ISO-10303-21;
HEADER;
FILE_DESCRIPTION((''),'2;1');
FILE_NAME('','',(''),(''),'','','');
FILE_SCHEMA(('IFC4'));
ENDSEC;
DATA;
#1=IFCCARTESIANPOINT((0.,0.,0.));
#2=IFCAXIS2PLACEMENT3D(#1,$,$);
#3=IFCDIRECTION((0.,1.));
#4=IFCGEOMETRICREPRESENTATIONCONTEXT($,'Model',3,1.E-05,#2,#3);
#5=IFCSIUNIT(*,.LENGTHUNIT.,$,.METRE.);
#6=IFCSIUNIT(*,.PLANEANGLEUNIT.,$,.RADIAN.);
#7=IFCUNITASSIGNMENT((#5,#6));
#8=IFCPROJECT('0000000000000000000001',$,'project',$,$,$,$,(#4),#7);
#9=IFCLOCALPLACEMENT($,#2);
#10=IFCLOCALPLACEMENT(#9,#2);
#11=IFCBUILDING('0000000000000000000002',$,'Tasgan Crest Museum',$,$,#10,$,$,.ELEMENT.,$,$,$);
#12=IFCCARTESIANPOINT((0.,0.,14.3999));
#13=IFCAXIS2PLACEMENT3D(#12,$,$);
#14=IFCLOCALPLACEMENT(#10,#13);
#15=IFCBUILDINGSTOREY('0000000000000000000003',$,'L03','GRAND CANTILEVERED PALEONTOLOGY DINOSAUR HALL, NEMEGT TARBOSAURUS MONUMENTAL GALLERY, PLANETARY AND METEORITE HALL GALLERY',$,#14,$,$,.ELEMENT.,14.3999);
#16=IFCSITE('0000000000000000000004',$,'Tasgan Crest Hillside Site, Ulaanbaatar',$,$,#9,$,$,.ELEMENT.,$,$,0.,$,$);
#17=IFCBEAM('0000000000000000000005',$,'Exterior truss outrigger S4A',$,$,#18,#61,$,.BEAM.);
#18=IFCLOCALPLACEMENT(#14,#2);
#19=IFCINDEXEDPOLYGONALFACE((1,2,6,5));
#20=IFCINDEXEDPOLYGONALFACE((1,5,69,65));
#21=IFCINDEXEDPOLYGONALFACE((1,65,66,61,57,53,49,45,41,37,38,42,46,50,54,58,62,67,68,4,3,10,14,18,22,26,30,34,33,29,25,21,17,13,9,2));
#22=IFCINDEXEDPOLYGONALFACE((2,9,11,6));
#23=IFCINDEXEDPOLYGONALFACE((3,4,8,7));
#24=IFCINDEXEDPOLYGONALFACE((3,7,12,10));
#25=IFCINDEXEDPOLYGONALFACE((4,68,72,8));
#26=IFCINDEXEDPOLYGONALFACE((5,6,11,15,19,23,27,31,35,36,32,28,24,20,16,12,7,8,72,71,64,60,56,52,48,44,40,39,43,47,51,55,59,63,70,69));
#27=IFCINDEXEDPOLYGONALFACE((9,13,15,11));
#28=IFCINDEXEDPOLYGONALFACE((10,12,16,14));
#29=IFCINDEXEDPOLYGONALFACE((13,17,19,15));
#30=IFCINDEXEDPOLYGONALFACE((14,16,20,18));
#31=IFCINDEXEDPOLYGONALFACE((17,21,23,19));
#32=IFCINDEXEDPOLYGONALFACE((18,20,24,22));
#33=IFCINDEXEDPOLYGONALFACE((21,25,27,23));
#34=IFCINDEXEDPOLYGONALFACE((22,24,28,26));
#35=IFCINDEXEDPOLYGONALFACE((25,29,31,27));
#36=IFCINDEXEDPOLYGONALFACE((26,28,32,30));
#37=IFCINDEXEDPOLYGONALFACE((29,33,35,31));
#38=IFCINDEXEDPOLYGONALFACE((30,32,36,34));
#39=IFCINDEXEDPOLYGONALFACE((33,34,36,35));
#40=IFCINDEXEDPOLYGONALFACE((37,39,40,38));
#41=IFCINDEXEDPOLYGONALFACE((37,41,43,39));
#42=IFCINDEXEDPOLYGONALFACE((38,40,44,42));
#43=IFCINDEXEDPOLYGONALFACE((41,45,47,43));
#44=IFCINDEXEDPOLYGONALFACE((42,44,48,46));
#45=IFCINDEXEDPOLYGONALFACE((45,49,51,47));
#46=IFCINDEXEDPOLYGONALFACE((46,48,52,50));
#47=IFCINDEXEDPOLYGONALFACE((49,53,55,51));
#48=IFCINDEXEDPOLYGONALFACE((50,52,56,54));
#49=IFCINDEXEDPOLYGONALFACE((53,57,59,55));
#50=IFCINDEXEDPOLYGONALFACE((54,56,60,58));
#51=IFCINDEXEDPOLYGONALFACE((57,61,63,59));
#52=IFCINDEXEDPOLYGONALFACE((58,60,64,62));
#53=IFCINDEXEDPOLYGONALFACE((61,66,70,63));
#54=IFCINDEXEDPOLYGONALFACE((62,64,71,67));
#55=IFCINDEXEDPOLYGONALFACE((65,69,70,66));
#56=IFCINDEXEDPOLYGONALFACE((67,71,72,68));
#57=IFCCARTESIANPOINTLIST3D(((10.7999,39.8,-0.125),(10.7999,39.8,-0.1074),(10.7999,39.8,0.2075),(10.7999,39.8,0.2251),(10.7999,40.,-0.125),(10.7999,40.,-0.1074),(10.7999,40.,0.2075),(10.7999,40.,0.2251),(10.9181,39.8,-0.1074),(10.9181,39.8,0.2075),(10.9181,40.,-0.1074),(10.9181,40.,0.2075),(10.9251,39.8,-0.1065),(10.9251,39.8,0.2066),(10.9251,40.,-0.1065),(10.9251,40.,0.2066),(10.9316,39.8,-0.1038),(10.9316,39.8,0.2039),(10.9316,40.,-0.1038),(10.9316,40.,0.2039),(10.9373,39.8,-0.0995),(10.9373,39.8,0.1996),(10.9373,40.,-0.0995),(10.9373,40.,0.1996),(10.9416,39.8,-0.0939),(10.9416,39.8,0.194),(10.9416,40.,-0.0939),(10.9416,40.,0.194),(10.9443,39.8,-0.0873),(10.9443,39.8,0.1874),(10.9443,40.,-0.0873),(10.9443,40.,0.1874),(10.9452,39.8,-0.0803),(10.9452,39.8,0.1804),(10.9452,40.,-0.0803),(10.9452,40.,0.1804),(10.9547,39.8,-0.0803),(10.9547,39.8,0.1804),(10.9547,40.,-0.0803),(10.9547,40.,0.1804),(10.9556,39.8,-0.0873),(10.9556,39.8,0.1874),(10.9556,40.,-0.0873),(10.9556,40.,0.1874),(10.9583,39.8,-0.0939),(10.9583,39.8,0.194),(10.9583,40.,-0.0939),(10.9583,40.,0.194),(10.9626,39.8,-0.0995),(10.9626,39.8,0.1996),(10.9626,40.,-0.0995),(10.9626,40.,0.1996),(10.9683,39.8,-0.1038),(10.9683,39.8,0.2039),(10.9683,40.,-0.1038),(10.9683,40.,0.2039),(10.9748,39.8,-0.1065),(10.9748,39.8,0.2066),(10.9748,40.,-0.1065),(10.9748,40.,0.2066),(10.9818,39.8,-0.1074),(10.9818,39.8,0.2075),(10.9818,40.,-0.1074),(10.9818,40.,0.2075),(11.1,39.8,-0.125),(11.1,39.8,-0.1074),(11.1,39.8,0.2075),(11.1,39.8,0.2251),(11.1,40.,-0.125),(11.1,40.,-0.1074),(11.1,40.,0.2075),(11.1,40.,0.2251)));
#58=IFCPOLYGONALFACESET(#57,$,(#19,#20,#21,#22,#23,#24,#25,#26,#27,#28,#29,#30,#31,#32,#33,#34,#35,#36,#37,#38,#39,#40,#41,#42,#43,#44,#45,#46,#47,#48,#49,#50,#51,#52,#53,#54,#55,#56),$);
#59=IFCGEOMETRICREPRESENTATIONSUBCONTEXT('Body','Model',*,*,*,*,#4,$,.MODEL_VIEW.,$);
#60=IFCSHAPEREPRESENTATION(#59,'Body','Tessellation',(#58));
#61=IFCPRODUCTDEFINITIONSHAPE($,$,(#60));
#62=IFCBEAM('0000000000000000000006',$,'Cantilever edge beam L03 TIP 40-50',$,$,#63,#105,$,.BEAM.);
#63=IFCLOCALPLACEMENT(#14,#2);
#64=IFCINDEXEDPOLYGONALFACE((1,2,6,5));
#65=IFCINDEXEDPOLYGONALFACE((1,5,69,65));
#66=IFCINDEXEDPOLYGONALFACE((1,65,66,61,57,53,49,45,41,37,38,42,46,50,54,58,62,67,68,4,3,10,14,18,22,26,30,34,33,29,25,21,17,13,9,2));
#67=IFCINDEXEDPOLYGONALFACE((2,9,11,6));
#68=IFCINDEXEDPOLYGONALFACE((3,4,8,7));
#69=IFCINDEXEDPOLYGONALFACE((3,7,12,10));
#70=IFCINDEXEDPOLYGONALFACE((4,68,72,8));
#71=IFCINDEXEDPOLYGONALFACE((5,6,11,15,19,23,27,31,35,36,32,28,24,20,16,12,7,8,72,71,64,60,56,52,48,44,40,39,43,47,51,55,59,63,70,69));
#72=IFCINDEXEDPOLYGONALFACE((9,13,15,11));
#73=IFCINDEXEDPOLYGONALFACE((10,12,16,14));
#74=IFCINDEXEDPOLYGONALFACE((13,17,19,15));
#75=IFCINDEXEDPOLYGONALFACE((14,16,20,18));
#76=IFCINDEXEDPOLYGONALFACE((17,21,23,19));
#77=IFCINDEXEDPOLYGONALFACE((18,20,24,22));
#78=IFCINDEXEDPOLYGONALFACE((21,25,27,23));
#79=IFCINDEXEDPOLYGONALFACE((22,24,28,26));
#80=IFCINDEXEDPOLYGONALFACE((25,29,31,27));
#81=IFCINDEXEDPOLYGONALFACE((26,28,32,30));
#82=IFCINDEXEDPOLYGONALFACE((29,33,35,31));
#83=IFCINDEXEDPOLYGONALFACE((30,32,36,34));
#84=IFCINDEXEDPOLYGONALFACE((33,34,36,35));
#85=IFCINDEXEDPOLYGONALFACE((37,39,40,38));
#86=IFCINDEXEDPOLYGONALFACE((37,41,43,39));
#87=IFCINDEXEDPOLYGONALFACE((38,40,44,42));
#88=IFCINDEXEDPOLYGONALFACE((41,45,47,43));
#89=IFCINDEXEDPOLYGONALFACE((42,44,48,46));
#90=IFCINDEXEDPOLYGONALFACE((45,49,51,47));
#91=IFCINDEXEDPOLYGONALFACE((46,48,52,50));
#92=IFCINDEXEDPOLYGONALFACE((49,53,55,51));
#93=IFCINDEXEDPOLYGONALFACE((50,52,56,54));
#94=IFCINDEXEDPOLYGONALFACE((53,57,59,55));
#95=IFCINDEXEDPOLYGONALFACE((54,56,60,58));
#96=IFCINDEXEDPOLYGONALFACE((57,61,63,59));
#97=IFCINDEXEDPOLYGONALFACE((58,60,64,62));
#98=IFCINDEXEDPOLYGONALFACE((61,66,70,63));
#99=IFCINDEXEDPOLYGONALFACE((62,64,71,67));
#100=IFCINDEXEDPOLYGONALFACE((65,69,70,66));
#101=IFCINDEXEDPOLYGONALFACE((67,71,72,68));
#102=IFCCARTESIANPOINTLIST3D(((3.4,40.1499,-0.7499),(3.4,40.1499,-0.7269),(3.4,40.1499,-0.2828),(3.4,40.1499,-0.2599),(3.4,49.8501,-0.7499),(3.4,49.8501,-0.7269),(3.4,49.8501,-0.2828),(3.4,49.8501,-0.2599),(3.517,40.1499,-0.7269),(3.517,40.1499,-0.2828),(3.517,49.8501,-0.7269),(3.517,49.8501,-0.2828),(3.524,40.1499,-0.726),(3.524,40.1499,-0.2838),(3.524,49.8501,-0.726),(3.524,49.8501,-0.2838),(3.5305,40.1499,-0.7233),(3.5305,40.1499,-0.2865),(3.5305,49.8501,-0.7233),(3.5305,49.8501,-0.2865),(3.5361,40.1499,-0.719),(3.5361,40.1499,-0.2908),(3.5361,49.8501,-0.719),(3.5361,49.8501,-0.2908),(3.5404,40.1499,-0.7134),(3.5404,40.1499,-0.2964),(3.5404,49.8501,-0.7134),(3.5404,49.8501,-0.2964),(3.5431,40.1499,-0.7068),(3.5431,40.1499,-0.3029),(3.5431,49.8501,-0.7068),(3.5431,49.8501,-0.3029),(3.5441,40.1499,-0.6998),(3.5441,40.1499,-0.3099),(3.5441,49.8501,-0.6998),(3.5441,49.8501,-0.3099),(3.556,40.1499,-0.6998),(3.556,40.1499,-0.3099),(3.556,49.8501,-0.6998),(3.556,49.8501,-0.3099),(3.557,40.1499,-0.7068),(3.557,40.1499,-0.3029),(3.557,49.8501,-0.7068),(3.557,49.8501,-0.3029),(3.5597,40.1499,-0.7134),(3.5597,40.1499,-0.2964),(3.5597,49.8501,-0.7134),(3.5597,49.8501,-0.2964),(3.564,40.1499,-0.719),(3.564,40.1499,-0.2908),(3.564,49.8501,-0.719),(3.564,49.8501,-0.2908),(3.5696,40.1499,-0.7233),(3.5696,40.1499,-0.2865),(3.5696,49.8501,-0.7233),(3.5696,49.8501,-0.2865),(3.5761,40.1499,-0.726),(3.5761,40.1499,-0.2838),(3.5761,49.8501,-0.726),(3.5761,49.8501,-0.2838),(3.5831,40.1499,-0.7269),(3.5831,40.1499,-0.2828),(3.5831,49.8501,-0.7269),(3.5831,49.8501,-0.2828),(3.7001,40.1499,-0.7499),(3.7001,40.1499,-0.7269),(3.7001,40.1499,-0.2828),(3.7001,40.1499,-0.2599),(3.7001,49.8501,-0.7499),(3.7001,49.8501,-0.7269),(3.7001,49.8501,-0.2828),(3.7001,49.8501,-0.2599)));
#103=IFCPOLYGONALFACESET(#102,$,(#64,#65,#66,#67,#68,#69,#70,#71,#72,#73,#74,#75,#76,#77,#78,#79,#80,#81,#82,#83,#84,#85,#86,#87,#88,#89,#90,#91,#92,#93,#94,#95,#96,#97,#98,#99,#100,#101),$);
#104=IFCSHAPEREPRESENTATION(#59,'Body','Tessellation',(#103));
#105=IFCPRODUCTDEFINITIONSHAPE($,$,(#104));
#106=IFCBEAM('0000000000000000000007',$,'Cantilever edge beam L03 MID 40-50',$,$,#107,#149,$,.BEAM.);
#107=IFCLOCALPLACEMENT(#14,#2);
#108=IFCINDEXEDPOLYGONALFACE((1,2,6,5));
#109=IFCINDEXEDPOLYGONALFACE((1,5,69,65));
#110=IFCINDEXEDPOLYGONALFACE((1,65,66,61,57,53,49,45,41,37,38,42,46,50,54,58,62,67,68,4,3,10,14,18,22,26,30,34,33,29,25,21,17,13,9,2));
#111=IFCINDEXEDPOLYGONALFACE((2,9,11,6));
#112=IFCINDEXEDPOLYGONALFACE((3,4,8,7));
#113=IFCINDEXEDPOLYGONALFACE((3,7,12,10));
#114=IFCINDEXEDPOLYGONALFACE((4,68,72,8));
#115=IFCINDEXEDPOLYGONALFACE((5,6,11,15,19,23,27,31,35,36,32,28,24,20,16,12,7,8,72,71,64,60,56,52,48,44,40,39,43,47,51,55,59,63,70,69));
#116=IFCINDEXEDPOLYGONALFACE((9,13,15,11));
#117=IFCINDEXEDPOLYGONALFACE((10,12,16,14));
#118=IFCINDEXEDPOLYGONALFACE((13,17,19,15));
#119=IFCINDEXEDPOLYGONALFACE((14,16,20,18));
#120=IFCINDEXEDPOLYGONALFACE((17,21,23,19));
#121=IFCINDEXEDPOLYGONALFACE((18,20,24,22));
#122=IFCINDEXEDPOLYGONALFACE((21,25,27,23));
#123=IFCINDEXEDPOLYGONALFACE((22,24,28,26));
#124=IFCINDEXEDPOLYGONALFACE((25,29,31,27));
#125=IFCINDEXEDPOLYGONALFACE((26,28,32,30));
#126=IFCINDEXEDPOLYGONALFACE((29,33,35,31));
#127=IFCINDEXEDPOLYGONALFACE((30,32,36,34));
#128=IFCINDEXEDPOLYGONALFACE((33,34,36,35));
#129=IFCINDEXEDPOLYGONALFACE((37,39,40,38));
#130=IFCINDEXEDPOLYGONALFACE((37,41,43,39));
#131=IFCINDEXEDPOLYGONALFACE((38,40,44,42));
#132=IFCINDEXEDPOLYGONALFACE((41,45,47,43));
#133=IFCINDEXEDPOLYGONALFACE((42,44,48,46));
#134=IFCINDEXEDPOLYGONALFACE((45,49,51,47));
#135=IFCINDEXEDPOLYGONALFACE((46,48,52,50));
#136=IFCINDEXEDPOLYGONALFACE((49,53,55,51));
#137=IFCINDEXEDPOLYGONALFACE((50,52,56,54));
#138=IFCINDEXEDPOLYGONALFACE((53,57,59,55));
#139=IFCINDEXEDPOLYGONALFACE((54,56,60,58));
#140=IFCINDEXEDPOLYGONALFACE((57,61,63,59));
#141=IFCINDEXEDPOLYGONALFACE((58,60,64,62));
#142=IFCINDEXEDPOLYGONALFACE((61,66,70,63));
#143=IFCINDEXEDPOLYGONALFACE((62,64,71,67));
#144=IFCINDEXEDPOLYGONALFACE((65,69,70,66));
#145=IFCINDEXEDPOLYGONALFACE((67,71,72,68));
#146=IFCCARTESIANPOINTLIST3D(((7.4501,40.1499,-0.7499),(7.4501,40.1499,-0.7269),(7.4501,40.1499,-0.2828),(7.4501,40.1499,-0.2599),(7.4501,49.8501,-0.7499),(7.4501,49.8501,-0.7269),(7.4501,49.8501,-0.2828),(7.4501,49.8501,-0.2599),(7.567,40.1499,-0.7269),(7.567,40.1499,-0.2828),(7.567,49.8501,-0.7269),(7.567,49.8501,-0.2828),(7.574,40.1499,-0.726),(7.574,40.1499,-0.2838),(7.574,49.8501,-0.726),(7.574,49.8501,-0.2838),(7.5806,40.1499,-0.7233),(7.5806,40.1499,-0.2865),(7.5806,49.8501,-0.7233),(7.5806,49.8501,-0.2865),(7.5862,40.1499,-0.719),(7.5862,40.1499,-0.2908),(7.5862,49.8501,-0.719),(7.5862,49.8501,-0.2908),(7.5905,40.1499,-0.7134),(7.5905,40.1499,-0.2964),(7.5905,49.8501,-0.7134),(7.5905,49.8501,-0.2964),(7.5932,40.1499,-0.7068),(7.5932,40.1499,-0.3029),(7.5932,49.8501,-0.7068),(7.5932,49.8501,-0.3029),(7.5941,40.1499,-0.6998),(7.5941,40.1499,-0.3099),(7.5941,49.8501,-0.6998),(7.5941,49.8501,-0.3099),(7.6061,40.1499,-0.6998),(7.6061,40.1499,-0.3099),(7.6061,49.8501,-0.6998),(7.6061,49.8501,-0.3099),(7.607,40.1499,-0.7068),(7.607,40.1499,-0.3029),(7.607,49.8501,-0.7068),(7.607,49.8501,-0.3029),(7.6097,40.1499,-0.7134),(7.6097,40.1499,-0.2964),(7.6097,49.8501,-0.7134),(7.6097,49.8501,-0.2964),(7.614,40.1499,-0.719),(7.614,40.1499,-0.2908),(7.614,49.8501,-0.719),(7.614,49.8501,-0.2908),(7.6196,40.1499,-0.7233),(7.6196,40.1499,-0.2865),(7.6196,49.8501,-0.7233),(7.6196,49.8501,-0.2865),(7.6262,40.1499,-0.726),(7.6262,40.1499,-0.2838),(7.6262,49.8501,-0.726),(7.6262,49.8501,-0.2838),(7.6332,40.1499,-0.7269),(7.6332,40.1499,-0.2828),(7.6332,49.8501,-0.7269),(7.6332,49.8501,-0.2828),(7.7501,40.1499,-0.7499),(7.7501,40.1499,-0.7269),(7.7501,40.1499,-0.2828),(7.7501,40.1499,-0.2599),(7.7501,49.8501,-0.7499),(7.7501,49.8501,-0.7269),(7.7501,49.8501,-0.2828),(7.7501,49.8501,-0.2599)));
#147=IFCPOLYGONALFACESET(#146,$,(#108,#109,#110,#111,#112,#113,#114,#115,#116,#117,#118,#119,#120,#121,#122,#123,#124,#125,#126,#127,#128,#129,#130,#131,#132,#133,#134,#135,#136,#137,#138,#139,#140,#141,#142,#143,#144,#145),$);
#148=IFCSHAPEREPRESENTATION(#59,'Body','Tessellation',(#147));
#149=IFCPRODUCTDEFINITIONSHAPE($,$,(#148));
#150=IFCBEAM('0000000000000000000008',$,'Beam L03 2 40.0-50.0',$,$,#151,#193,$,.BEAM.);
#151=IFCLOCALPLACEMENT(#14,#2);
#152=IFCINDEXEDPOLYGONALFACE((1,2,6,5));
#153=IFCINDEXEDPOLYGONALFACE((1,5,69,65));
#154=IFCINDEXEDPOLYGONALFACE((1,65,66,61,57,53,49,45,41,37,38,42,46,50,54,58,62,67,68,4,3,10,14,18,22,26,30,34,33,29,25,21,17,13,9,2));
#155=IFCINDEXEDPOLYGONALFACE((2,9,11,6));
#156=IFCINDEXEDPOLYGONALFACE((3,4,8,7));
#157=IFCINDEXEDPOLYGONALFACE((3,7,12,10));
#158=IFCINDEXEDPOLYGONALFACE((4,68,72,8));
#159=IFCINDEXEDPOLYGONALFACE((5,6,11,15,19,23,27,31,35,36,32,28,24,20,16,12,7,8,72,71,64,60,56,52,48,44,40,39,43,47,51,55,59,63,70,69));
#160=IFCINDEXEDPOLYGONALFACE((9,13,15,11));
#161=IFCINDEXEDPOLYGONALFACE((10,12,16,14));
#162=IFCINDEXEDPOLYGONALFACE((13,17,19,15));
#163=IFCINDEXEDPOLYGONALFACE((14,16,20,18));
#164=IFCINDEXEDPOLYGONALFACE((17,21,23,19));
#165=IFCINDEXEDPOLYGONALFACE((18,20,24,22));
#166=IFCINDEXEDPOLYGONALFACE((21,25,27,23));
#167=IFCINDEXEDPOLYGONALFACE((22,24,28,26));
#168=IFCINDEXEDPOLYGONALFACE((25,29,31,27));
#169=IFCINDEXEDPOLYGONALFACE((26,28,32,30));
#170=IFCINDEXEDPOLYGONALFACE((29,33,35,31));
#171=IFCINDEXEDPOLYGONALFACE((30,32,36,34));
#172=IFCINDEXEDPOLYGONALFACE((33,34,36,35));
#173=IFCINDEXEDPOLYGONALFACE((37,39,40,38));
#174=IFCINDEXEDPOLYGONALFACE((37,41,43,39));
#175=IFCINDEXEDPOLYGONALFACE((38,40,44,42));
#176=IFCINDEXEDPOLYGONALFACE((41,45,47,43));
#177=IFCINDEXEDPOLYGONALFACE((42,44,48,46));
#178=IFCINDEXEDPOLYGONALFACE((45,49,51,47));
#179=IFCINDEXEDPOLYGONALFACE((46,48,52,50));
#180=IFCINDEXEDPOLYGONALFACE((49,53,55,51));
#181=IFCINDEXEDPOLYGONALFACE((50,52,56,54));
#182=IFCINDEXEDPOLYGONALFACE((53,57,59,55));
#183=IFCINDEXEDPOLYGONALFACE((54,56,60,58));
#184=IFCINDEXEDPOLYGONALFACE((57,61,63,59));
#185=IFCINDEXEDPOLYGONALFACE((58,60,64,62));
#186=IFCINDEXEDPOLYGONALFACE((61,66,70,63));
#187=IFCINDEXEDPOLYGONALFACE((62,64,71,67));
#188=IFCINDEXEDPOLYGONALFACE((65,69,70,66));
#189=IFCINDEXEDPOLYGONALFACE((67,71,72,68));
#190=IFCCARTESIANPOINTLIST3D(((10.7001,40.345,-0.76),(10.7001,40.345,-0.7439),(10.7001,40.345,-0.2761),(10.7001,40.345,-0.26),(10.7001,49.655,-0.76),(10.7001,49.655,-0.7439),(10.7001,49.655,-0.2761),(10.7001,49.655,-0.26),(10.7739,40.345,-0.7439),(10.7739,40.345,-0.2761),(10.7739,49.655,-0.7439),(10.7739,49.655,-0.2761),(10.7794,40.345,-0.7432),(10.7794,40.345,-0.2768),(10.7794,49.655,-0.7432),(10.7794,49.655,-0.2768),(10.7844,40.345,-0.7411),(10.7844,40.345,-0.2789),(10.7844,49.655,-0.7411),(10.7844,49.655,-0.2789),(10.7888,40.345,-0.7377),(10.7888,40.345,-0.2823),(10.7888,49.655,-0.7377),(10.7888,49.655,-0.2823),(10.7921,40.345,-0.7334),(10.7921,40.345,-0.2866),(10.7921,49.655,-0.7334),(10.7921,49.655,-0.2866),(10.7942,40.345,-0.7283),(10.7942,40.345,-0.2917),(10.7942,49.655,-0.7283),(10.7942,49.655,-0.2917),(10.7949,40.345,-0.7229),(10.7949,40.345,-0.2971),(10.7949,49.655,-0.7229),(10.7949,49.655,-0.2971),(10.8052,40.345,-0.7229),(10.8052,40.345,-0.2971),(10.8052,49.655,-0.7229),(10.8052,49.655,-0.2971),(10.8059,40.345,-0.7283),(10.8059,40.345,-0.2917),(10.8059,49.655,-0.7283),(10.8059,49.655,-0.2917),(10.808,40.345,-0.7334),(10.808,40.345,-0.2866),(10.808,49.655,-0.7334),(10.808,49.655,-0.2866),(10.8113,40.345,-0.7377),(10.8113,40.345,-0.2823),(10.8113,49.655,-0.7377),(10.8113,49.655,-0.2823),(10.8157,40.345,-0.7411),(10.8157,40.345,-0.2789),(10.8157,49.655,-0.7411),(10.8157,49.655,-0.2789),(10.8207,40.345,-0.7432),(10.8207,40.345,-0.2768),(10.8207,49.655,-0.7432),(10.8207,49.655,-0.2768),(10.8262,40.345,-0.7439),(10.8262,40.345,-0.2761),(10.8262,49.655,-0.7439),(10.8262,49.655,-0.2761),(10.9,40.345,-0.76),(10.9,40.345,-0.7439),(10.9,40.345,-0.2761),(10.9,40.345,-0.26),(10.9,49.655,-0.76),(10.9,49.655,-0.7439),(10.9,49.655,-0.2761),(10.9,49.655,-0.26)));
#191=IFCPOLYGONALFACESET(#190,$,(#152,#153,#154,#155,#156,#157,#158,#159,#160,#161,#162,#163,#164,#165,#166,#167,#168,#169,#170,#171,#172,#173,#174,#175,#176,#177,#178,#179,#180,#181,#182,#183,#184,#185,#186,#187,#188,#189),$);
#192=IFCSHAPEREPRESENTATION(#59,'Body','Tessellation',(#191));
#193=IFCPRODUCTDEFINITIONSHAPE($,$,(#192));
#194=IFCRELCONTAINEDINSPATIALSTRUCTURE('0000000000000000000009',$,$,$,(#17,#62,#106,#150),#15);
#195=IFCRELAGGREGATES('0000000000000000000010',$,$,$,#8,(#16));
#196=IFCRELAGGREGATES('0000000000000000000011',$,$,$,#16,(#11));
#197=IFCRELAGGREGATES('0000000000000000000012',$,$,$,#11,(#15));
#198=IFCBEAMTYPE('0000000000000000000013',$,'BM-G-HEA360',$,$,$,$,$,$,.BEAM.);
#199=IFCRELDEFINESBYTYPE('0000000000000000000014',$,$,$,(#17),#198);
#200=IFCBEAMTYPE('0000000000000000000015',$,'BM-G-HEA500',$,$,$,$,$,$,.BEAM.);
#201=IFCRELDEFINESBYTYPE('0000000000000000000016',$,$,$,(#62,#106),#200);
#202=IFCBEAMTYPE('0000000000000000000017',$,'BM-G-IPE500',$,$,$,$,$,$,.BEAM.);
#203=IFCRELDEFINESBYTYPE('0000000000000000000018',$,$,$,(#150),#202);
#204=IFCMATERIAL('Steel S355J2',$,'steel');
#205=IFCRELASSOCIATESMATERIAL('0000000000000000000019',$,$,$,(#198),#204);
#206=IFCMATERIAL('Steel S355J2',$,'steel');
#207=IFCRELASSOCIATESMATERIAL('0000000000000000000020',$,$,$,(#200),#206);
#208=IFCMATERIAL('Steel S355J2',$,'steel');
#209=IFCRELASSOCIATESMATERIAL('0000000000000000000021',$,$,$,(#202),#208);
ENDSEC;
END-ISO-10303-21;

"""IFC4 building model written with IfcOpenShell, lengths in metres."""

from ifc_helpers import new_model, si_unit, direction, frame, origin, origin_2d, place, context, subcontext, project, spatial, i_section, extrude, material, material_profile, profile_set, type_object, element, save


model = new_model("IFC4")

# Units and contexts
model_context = context("Model", 3, precision=1e-05, world=origin(), true_north=direction((0.0, 1.0)))
body_context = subcontext(model_context, "Body", "Model", "MODEL_VIEW")
ifc_project = project(units=[si_unit("LENGTHUNIT", "METRE"), si_unit("PLANEANGLEUNIT", "RADIAN")], contexts=[model_context])

# Site, building, storey
site_placement = place(None, origin())
site = spatial("IfcSite", under=ifc_project, at=site_placement, Name="Tasgan Crest Hillside Site, Ulaanbaatar", CompositionType="ELEMENT", RefElevation=0.0)
building_placement = place(site_placement, origin())
building = spatial("IfcBuilding", under=site, at=building_placement, Name="Tasgan Crest Museum", CompositionType="ELEMENT")
storey_placement = place(building_placement, frame((0.0, 0.0, 14.3999)))
storey = spatial("IfcBuildingStorey", under=building, at=storey_placement, Name="L03", Description="GRAND CANTILEVERED PALEONTOLOGY DINOSAUR HALL, NEMEGT TARBOSAURUS MONUMENTAL GALLERY, PLANETARY AND METEORITE HALL GALLERY", CompositionType="ELEMENT", Elevation=14.3999)

# Beams
ifc_material_1 = material(Name="Steel S355J2", Category="steel")
ifc_material_profile_1 = material_profile(ifc_material_1, i_section(OverallWidth=0.3, OverallDepth=0.3501, WebThickness=0.0095, FlangeThickness=0.0176, FilletRadius=0.0271, at=origin_2d()), Name="HEA 360")
ifc_profile_set_1 = profile_set([ifc_material_profile_1], Name="Steel S355J2")
beam_type_1 = type_object("IfcBeamType", Name="BM-G-HEA360", PredefinedType="BEAM", material=ifc_profile_set_1)
beam_1_placement = place(storey_placement, frame((10.95, 40.0, 0.05), z_axis=(0.0, -1.0, 0.0), x_axis=(1.0, 0.0, 0.0)))
element("IfcBeam", 1, at=beam_1_placement, inside=storey, type_object=beam_type_1, Name="Exterior truss outrigger S4A", PredefinedType="BEAM", context=body_context, shape_type="SweptSolid", body=[
    extrude(i_section(OverallWidth=0.3, OverallDepth=0.3501, WebThickness=0.0095, FlangeThickness=0.0176, FilletRadius=0.0271, at=origin_2d()), origin(), (0.0, 0.0, 1.0), 0.2),
])
ifc_material_2 = material(Name="Steel S355J2", Category="steel")
ifc_material_profile_2 = material_profile(ifc_material_2, i_section(OverallWidth=0.3, OverallDepth=0.49, WebThickness=0.012, FlangeThickness=0.0229, FilletRadius=0.0271, at=origin_2d()), Name="HEA 500")
ifc_profile_set_2 = profile_set([ifc_material_profile_2], Name="Steel S355J2")
beam_type_2 = type_object("IfcBeamType", Name="BM-G-HEA500", PredefinedType="BEAM", material=ifc_profile_set_2)
for number, where, z_axis, x_axis, name in (
    (2, (3.55, 40.1499, -0.5049), (0.0, 1.0, 0.0), (-1.0, 0.0, 0.0), "Cantilever edge beam L03 TIP 40-50"),
    (3, (7.6001, 40.1499, -0.5049), (0.0, 1.0, 0.0), (-1.0, 0.0, 0.0), "Cantilever edge beam L03 MID 40-50"),
):
    element("IfcBeam", number, at=place(storey_placement, frame(where, z_axis=z_axis, x_axis=x_axis)), inside=storey, type_object=beam_type_2, Name=name, PredefinedType="BEAM", context=body_context, shape_type="SweptSolid", body=[
        extrude(i_section(OverallWidth=0.3, OverallDepth=0.49, WebThickness=0.012, FlangeThickness=0.0229, FilletRadius=0.0271, at=origin_2d()), origin(), (0.0, 0.0, 1.0), 9.7002),
    ])
ifc_material_3 = material(Name="Steel S355J2", Category="steel")
ifc_material_profile_3 = material_profile(ifc_material_3, i_section(OverallWidth=0.2, OverallDepth=0.5, WebThickness=0.0103, FlangeThickness=0.0161, FilletRadius=0.021, at=origin_2d()), Name="IPE 500")
ifc_profile_set_3 = profile_set([ifc_material_profile_3], Name="Steel S355J2")
beam_type_3 = type_object("IfcBeamType", Name="BM-G-IPE500", PredefinedType="BEAM", material=ifc_profile_set_3)
beam_2_placement = place(storey_placement, frame((10.8, 40.345, -0.51), z_axis=(0.0, 1.0, 0.0), x_axis=(-1.0, 0.0, 0.0)))
element("IfcBeam", 4, at=beam_2_placement, inside=storey, type_object=beam_type_3, Name="Beam L03 2 40.0-50.0", PredefinedType="BEAM", context=body_context, shape_type="SweptSolid", body=[
    extrude(i_section(OverallWidth=0.2, OverallDepth=0.5, WebThickness=0.0103, FlangeThickness=0.0161, FilletRadius=0.021, at=origin_2d()), origin(), (0.0, 0.0, 1.0), 9.3101),
])

save(model, "model.ifc")
